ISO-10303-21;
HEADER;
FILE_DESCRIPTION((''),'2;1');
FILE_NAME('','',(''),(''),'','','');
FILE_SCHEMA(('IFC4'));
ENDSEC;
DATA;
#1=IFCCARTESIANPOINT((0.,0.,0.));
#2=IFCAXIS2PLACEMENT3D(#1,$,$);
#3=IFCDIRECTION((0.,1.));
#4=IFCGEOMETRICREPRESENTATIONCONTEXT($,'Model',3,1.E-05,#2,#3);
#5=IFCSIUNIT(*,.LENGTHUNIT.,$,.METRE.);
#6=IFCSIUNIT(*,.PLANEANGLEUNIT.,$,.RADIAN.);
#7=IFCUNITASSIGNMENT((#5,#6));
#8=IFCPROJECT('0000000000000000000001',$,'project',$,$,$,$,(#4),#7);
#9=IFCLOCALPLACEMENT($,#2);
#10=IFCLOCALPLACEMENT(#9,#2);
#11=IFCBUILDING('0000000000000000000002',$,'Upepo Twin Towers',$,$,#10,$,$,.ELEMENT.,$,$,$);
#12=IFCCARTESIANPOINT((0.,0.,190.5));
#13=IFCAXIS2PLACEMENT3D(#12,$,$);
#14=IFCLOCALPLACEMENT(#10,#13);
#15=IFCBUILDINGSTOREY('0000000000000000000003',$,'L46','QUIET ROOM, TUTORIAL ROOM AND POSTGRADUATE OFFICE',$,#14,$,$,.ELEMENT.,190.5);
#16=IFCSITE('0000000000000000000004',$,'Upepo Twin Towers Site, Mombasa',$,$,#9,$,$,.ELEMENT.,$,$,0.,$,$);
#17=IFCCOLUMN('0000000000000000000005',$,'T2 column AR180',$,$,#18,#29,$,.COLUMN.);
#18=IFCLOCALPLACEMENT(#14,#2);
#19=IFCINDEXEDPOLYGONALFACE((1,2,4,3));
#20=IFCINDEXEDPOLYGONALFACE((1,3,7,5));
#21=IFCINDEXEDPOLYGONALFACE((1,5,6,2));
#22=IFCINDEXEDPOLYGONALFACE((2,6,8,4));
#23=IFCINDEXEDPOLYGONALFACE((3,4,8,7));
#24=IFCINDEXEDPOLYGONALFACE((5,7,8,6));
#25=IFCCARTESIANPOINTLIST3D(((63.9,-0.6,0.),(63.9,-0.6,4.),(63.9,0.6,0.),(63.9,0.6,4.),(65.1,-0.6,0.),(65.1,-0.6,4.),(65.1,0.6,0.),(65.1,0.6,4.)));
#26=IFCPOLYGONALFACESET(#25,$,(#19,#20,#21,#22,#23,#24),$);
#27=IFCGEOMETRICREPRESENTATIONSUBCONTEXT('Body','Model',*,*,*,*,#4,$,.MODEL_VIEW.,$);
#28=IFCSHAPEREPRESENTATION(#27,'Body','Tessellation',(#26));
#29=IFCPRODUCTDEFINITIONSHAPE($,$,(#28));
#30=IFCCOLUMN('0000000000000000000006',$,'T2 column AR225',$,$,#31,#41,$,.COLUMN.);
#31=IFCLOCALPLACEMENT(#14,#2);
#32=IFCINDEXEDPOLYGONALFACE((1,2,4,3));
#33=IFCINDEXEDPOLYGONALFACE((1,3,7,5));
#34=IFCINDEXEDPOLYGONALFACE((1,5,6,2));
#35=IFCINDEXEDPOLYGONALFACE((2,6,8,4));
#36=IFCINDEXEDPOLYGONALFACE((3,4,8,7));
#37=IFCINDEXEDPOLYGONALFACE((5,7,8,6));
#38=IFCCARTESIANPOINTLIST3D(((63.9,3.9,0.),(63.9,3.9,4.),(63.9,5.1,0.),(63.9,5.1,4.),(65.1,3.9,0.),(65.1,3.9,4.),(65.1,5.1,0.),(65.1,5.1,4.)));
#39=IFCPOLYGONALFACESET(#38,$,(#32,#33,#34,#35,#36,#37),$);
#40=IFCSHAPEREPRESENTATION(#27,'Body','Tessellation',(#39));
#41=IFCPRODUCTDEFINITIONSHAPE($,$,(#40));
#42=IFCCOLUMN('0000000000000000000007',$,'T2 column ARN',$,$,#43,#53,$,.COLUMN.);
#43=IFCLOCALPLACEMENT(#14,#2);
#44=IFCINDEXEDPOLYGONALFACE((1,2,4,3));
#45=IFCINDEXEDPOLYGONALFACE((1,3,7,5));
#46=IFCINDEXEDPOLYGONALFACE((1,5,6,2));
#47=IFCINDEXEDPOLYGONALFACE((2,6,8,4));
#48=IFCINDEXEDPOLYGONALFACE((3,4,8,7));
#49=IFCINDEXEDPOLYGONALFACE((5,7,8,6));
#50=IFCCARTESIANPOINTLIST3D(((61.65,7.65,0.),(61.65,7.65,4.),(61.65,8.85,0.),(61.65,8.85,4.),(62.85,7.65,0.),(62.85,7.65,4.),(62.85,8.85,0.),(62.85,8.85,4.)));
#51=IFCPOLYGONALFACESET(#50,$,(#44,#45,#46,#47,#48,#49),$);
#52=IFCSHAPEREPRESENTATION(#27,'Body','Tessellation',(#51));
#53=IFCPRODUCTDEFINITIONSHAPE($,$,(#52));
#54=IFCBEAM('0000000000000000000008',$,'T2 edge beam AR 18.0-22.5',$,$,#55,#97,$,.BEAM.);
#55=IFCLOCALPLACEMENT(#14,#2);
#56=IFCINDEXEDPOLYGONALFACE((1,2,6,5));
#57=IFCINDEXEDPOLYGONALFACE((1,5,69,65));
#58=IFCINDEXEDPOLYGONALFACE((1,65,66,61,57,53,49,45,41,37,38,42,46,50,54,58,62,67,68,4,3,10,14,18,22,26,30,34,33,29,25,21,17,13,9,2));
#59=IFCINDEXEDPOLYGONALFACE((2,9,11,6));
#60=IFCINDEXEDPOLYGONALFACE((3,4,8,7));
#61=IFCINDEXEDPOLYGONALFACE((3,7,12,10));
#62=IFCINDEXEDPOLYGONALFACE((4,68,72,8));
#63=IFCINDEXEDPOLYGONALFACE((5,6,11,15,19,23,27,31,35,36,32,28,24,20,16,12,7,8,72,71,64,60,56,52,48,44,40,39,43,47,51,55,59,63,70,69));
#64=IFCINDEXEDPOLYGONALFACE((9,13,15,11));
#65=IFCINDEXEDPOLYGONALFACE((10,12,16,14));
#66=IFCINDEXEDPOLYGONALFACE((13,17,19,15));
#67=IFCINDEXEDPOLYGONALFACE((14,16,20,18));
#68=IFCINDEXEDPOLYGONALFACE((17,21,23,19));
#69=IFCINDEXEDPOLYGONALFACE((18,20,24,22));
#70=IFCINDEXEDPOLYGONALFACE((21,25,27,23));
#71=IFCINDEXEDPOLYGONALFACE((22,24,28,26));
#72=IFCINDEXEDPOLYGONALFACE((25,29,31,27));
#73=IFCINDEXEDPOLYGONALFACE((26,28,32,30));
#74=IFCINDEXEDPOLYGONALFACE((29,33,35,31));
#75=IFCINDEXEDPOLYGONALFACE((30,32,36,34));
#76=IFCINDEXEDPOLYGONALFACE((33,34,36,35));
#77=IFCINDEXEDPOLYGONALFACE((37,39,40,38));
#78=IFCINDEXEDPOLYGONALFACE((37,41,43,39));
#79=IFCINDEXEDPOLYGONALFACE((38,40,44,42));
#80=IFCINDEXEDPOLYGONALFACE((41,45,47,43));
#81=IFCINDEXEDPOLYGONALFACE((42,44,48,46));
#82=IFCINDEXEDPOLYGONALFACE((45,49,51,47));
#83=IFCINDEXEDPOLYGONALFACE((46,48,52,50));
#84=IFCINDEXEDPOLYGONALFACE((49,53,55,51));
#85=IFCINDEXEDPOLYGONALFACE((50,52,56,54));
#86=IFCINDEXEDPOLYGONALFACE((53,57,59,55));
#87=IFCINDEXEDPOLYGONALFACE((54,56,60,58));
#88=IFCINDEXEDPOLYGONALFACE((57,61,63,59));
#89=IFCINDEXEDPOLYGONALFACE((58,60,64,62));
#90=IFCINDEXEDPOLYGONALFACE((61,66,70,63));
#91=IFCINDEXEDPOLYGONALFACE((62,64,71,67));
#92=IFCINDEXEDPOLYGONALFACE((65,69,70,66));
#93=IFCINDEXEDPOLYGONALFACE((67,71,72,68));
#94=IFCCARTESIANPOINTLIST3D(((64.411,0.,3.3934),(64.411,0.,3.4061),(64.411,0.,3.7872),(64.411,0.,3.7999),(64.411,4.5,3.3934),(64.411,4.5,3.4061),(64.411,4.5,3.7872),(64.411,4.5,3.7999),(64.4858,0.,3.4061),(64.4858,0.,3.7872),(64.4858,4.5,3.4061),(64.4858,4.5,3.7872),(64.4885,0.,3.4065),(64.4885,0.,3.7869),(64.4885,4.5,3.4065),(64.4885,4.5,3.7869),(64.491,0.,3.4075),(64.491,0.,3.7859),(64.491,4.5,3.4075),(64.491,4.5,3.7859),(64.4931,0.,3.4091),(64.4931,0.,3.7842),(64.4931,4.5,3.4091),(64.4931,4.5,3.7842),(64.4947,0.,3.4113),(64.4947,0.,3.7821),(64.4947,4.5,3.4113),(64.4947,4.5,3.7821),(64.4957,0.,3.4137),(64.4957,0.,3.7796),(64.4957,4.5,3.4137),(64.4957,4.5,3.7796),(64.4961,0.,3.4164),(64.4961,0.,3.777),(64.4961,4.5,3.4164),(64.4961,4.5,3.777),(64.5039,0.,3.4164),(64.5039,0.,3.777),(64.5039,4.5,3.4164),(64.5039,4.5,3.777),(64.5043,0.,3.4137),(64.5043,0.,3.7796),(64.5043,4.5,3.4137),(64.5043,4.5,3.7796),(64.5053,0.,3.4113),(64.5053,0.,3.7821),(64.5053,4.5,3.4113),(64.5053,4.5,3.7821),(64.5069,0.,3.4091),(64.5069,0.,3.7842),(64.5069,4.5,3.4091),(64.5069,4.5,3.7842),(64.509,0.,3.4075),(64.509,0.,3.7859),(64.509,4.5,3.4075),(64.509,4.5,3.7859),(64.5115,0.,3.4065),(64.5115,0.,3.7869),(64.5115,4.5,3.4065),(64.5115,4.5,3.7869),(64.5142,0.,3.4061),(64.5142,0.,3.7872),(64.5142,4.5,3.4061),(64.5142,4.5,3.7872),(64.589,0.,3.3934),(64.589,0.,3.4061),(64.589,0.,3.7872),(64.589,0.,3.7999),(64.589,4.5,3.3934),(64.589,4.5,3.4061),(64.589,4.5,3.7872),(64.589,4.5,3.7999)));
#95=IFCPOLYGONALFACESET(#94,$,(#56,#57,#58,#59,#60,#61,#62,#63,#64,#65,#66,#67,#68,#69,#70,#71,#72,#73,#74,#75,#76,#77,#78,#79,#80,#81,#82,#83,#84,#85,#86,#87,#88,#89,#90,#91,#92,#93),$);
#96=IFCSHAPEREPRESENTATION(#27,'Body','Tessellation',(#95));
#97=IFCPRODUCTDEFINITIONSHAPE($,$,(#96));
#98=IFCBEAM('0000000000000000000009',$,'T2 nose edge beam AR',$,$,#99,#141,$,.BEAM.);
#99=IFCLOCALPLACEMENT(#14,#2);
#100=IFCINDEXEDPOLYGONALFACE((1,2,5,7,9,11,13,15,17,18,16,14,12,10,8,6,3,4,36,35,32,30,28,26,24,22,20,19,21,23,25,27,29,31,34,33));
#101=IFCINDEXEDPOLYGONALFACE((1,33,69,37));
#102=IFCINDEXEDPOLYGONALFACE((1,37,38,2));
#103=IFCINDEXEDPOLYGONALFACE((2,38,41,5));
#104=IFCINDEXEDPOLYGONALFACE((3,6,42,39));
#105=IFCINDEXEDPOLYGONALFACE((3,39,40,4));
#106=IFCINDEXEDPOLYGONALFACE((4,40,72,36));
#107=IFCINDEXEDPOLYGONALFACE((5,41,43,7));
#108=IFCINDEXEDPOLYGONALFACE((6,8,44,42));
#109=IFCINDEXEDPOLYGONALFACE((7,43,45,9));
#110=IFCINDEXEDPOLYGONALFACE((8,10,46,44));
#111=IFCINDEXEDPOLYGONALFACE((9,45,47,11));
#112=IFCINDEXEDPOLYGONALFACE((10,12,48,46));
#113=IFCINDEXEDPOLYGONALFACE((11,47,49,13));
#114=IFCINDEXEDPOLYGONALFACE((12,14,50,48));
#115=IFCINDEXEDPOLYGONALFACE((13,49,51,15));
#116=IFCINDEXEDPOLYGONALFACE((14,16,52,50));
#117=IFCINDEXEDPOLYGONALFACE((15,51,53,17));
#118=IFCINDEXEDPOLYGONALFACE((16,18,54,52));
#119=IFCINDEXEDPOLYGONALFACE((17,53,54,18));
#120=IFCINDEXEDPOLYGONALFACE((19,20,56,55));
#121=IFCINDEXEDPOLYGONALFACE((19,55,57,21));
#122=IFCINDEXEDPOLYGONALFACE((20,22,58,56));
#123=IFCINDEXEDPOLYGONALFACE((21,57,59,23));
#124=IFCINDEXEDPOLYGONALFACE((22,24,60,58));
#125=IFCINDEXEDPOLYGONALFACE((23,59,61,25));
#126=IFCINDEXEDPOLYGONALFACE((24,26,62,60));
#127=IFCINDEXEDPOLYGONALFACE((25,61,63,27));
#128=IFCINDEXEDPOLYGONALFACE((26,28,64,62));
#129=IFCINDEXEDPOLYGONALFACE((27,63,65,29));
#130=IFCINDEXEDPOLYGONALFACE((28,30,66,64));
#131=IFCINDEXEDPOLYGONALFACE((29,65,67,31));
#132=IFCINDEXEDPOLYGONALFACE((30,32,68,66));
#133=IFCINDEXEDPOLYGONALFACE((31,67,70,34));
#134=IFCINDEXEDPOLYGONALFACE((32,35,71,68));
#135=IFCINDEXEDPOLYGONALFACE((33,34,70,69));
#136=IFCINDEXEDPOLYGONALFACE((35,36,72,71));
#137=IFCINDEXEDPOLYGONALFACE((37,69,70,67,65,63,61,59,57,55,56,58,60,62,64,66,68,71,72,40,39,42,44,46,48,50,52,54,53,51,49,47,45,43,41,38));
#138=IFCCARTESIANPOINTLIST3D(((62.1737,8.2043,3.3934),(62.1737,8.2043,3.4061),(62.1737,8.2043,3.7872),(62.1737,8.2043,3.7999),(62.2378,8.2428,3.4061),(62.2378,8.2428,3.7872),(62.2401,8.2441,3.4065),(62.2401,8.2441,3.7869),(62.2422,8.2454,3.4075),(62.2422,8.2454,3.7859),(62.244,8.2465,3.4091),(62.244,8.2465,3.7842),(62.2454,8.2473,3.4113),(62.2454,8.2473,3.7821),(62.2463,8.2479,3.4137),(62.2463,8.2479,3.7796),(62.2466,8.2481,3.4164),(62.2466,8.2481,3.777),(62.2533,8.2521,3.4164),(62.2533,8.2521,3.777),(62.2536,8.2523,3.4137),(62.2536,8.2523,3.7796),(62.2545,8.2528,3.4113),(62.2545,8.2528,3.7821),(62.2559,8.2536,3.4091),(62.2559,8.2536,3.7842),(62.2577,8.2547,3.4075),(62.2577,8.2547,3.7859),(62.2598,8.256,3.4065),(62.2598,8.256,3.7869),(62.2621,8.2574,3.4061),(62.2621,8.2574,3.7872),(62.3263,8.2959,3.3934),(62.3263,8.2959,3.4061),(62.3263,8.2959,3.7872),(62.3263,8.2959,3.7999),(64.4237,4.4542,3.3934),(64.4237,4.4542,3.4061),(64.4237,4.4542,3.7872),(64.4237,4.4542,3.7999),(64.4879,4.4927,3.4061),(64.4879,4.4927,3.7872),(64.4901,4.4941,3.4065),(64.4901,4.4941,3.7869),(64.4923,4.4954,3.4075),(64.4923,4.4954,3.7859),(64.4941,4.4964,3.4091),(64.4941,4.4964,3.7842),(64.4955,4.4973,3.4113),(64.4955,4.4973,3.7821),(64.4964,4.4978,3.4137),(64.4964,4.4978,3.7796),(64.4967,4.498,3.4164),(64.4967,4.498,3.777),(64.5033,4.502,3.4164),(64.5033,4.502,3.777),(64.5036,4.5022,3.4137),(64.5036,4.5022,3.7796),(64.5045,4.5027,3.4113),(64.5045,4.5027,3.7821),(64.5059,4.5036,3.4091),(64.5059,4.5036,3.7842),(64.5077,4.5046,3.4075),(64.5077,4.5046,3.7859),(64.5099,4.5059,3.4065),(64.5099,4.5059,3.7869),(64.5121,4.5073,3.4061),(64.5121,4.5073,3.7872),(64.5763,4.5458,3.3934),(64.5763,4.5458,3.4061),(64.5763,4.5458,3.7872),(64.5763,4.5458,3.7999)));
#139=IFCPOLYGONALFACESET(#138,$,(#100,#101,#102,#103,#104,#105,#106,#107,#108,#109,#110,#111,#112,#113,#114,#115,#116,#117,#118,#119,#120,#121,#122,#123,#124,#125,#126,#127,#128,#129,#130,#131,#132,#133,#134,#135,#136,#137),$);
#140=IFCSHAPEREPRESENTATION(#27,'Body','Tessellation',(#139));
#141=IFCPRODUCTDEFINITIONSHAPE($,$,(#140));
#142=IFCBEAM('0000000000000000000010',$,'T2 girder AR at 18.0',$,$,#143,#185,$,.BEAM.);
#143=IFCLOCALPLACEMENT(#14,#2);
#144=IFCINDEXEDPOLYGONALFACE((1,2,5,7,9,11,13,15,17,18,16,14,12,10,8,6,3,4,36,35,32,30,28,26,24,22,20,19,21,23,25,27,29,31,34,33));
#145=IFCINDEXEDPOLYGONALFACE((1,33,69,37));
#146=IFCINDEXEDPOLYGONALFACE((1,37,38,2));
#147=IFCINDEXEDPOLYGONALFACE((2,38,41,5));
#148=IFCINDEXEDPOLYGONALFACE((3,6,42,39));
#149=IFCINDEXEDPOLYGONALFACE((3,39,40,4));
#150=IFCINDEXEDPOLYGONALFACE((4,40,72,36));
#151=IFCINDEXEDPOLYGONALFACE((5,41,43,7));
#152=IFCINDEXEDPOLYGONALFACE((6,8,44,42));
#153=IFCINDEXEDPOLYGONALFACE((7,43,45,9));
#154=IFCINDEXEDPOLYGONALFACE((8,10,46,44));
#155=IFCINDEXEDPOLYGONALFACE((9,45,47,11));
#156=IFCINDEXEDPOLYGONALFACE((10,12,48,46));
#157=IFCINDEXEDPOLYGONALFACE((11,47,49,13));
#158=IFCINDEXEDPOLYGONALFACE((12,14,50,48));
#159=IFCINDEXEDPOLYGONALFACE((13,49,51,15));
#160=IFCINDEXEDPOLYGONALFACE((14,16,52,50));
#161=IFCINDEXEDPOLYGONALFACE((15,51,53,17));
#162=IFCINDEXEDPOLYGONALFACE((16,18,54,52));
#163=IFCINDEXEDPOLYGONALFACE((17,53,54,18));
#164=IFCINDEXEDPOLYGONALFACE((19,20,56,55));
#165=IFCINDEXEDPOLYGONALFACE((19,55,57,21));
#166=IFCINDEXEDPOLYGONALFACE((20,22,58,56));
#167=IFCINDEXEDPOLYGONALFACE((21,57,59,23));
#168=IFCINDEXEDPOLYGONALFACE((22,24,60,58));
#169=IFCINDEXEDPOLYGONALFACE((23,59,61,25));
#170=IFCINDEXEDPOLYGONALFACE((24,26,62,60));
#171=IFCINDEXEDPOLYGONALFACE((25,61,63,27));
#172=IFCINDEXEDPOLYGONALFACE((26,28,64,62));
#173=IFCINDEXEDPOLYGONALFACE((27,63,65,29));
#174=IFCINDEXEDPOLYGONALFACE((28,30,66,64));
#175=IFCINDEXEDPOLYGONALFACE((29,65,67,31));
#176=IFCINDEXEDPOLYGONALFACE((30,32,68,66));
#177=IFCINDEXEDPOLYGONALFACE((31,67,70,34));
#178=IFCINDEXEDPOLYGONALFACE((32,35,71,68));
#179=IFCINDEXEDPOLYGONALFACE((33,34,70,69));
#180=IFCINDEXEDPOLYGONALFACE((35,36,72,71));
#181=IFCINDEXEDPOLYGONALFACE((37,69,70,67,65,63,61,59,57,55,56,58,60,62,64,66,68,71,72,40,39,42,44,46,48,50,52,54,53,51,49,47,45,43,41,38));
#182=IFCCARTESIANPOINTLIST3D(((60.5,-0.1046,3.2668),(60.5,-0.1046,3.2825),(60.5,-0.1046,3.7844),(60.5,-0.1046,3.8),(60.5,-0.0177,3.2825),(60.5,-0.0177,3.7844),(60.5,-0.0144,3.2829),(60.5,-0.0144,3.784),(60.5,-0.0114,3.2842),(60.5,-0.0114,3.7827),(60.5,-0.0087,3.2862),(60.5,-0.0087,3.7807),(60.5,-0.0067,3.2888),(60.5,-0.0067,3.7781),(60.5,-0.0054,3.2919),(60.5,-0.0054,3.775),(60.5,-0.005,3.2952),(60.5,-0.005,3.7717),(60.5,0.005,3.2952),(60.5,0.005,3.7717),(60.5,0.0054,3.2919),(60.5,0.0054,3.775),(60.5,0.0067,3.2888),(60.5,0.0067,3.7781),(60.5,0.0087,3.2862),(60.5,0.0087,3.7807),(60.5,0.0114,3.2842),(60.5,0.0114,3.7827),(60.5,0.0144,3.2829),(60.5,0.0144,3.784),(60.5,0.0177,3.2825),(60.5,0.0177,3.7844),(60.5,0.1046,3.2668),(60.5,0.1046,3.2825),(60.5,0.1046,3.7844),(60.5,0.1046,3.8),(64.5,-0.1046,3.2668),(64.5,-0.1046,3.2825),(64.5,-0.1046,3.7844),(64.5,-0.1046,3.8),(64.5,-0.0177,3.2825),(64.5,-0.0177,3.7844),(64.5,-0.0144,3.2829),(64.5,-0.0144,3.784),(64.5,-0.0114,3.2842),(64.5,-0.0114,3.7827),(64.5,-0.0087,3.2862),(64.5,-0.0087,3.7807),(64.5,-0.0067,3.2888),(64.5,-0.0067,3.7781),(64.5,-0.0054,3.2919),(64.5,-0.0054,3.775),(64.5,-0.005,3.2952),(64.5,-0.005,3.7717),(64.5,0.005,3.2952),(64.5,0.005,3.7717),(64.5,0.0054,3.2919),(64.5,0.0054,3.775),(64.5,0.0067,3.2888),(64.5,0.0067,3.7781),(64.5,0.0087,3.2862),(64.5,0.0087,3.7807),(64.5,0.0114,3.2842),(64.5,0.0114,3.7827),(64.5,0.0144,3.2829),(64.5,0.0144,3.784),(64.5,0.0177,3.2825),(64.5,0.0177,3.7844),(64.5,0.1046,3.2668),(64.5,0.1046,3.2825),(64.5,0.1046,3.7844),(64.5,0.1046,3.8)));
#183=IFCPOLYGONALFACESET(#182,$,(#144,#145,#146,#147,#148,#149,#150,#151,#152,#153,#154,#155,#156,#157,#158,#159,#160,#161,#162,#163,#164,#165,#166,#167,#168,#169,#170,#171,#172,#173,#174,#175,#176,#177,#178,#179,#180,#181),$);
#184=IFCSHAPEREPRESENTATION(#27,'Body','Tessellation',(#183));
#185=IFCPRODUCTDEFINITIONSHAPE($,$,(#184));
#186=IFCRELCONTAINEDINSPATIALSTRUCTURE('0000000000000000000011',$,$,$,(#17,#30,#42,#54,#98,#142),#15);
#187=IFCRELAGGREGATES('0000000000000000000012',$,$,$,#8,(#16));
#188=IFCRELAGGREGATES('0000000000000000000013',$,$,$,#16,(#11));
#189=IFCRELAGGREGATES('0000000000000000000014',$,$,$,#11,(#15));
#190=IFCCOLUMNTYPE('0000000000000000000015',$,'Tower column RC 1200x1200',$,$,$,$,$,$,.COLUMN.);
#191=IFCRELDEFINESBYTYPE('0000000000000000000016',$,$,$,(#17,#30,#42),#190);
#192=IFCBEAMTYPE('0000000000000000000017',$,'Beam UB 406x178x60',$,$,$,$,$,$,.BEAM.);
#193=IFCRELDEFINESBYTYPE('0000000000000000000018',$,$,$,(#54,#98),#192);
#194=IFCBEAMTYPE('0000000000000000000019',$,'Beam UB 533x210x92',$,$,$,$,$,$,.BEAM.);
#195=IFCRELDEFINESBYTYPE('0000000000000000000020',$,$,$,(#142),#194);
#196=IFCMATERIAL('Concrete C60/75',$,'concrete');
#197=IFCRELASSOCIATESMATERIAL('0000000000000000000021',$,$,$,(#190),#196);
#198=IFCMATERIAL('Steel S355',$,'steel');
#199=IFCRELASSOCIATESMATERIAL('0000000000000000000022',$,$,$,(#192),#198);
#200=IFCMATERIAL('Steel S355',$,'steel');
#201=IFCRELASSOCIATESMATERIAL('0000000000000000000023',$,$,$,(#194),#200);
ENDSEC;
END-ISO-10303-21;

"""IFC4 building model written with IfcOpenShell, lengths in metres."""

from ifc_helpers import new_model, si_unit, direction, frame, origin, origin_2d, place, context, subcontext, project, spatial, rectangle, i_section, extrude, material, material_profile, profile_set, type_object, element, save


model = new_model("IFC4")

# Units and contexts
model_context = context("Model", 3, precision=1e-05, world=origin(), true_north=direction((0.0, 1.0)))
body_context = subcontext(model_context, "Body", "Model", "MODEL_VIEW")
ifc_project = project(units=[si_unit("LENGTHUNIT", "METRE"), si_unit("PLANEANGLEUNIT", "RADIAN")], contexts=[model_context])

# Site, building, storey
site_placement = place(None, origin())
site = spatial("IfcSite", under=ifc_project, at=site_placement, Name="Upepo Twin Towers Site, Mombasa", CompositionType="ELEMENT", RefElevation=0.0)
building_placement = place(site_placement, origin())
building = spatial("IfcBuilding", under=site, at=building_placement, Name="Upepo Twin Towers", CompositionType="ELEMENT")
storey_placement = place(building_placement, frame((0.0, 0.0, 190.5)))
storey = spatial("IfcBuildingStorey", under=building, at=storey_placement, Name="L46", Description="QUIET ROOM, TUTORIAL ROOM AND POSTGRADUATE OFFICE", CompositionType="ELEMENT", Elevation=190.5)

# Columns
ifc_material_1 = material(Name="Concrete C60/75", Category="concrete")
ifc_material_profile_1 = material_profile(ifc_material_1, rectangle(XDim=1.2, YDim=1.2, at=origin_2d()), Name="RC 1200x1200")
ifc_profile_set_1 = profile_set([ifc_material_profile_1], Name="Concrete C60/75")
column_type = type_object("IfcColumnType", Name="Tower column RC 1200x1200", PredefinedType="COLUMN", material=ifc_profile_set_1)
for number, where, z_axis, x_axis, name in (
    (1, (64.5, 0.0, 0.0), (0.0, 0.0, 1.0), (1.0, 0.0, 0.0), "T2 column AR180"),
    (2, (64.5, 4.5, 0.0), (0.0, 0.0, 1.0), (1.0, 0.0, 0.0), "T2 column AR225"),
    (3, (62.25, 8.25, 0.0), (0.0, 0.0, 1.0), (1.0, 0.0, 0.0), "T2 column ARN"),
):
    element("IfcColumn", number, at=place(storey_placement, frame(where, z_axis=z_axis, x_axis=x_axis)), inside=storey, type_object=column_type, Name=name, PredefinedType="COLUMN", context=body_context, shape_type="SweptSolid", body=[
        extrude(rectangle(XDim=1.2, YDim=1.2, at=origin_2d()), origin(), (0.0, 0.0, 1.0), 4.0),
    ])

# Beams
ifc_material_2 = material(Name="Steel S355", Category="steel")
ifc_material_profile_2 = material_profile(ifc_material_2, i_section(OverallWidth=0.178, OverallDepth=0.4065, WebThickness=0.0078, FlangeThickness=0.0127, FilletRadius=0.0103, at=origin_2d()), Name="UB 406x178x60")
ifc_profile_set_2 = profile_set([ifc_material_profile_2], Name="Steel S355")
beam_type_1 = type_object("IfcBeamType", Name="Beam UB 406x178x60", PredefinedType="BEAM", material=ifc_profile_set_2)
beam_1_placement = place(storey_placement, frame((64.5, 0.0, 3.5967), z_axis=(0.0, 1.0, 0.0), x_axis=(-1.0, 0.0, 0.0)))
element("IfcBeam", 4, at=beam_1_placement, inside=storey, type_object=beam_type_1, Name="T2 edge beam AR 18.0-22.5", PredefinedType="BEAM", context=body_context, shape_type="SweptSolid", body=[
    extrude(i_section(OverallWidth=0.178, OverallDepth=0.4065, WebThickness=0.0078, FlangeThickness=0.0127, FilletRadius=0.0103, at=origin_2d()), origin(), (0.0, 0.0, 1.0), 4.5),
])
beam_2_placement = place(storey_placement, frame((64.5, 4.5, 3.5967), z_axis=(-0.514496, 0.857493, 0.0), x_axis=(-0.857493, -0.514496, 0.0)))
element("IfcBeam", 5, at=beam_2_placement, inside=storey, type_object=beam_type_1, Name="T2 nose edge beam AR", PredefinedType="BEAM", context=body_context, shape_type="SweptSolid", body=[
    extrude(i_section(OverallWidth=0.178, OverallDepth=0.4065, WebThickness=0.0078, FlangeThickness=0.0127, FilletRadius=0.0103, at=origin_2d()), origin(), (0.0, 0.0, 1.0), 4.3733),
])
ifc_material_3 = material(Name="Steel S355", Category="steel")
ifc_material_profile_3 = material_profile(ifc_material_3, i_section(OverallWidth=0.2092, OverallDepth=0.5332, WebThickness=0.01, FlangeThickness=0.0156, FilletRadius=0.0127, at=origin_2d()), Name="UB 533x210x92")
ifc_profile_set_3 = profile_set([ifc_material_profile_3], Name="Steel S355")
beam_type_2 = type_object("IfcBeamType", Name="Beam UB 533x210x92", PredefinedType="BEAM", material=ifc_profile_set_3)
for number, where, z_axis, x_axis, name in (
    (6, (64.5, 0.0, 3.5334), (-1.0, 0.0, 0.0), (0.0, -1.0, 0.0), "T2 girder AR at 18.0"),
):
    element("IfcBeam", number, at=place(storey_placement, frame(where, z_axis=z_axis, x_axis=x_axis)), inside=storey, type_object=beam_type_2, Name=name, PredefinedType="BEAM", context=body_context, shape_type="SweptSolid", body=[
        extrude(i_section(OverallWidth=0.2092, OverallDepth=0.5332, WebThickness=0.01, FlangeThickness=0.0156, FilletRadius=0.0127, at=origin_2d()), origin(), (0.0, 0.0, 1.0), 4.0),
    ])

save(model, "model.ifc")
